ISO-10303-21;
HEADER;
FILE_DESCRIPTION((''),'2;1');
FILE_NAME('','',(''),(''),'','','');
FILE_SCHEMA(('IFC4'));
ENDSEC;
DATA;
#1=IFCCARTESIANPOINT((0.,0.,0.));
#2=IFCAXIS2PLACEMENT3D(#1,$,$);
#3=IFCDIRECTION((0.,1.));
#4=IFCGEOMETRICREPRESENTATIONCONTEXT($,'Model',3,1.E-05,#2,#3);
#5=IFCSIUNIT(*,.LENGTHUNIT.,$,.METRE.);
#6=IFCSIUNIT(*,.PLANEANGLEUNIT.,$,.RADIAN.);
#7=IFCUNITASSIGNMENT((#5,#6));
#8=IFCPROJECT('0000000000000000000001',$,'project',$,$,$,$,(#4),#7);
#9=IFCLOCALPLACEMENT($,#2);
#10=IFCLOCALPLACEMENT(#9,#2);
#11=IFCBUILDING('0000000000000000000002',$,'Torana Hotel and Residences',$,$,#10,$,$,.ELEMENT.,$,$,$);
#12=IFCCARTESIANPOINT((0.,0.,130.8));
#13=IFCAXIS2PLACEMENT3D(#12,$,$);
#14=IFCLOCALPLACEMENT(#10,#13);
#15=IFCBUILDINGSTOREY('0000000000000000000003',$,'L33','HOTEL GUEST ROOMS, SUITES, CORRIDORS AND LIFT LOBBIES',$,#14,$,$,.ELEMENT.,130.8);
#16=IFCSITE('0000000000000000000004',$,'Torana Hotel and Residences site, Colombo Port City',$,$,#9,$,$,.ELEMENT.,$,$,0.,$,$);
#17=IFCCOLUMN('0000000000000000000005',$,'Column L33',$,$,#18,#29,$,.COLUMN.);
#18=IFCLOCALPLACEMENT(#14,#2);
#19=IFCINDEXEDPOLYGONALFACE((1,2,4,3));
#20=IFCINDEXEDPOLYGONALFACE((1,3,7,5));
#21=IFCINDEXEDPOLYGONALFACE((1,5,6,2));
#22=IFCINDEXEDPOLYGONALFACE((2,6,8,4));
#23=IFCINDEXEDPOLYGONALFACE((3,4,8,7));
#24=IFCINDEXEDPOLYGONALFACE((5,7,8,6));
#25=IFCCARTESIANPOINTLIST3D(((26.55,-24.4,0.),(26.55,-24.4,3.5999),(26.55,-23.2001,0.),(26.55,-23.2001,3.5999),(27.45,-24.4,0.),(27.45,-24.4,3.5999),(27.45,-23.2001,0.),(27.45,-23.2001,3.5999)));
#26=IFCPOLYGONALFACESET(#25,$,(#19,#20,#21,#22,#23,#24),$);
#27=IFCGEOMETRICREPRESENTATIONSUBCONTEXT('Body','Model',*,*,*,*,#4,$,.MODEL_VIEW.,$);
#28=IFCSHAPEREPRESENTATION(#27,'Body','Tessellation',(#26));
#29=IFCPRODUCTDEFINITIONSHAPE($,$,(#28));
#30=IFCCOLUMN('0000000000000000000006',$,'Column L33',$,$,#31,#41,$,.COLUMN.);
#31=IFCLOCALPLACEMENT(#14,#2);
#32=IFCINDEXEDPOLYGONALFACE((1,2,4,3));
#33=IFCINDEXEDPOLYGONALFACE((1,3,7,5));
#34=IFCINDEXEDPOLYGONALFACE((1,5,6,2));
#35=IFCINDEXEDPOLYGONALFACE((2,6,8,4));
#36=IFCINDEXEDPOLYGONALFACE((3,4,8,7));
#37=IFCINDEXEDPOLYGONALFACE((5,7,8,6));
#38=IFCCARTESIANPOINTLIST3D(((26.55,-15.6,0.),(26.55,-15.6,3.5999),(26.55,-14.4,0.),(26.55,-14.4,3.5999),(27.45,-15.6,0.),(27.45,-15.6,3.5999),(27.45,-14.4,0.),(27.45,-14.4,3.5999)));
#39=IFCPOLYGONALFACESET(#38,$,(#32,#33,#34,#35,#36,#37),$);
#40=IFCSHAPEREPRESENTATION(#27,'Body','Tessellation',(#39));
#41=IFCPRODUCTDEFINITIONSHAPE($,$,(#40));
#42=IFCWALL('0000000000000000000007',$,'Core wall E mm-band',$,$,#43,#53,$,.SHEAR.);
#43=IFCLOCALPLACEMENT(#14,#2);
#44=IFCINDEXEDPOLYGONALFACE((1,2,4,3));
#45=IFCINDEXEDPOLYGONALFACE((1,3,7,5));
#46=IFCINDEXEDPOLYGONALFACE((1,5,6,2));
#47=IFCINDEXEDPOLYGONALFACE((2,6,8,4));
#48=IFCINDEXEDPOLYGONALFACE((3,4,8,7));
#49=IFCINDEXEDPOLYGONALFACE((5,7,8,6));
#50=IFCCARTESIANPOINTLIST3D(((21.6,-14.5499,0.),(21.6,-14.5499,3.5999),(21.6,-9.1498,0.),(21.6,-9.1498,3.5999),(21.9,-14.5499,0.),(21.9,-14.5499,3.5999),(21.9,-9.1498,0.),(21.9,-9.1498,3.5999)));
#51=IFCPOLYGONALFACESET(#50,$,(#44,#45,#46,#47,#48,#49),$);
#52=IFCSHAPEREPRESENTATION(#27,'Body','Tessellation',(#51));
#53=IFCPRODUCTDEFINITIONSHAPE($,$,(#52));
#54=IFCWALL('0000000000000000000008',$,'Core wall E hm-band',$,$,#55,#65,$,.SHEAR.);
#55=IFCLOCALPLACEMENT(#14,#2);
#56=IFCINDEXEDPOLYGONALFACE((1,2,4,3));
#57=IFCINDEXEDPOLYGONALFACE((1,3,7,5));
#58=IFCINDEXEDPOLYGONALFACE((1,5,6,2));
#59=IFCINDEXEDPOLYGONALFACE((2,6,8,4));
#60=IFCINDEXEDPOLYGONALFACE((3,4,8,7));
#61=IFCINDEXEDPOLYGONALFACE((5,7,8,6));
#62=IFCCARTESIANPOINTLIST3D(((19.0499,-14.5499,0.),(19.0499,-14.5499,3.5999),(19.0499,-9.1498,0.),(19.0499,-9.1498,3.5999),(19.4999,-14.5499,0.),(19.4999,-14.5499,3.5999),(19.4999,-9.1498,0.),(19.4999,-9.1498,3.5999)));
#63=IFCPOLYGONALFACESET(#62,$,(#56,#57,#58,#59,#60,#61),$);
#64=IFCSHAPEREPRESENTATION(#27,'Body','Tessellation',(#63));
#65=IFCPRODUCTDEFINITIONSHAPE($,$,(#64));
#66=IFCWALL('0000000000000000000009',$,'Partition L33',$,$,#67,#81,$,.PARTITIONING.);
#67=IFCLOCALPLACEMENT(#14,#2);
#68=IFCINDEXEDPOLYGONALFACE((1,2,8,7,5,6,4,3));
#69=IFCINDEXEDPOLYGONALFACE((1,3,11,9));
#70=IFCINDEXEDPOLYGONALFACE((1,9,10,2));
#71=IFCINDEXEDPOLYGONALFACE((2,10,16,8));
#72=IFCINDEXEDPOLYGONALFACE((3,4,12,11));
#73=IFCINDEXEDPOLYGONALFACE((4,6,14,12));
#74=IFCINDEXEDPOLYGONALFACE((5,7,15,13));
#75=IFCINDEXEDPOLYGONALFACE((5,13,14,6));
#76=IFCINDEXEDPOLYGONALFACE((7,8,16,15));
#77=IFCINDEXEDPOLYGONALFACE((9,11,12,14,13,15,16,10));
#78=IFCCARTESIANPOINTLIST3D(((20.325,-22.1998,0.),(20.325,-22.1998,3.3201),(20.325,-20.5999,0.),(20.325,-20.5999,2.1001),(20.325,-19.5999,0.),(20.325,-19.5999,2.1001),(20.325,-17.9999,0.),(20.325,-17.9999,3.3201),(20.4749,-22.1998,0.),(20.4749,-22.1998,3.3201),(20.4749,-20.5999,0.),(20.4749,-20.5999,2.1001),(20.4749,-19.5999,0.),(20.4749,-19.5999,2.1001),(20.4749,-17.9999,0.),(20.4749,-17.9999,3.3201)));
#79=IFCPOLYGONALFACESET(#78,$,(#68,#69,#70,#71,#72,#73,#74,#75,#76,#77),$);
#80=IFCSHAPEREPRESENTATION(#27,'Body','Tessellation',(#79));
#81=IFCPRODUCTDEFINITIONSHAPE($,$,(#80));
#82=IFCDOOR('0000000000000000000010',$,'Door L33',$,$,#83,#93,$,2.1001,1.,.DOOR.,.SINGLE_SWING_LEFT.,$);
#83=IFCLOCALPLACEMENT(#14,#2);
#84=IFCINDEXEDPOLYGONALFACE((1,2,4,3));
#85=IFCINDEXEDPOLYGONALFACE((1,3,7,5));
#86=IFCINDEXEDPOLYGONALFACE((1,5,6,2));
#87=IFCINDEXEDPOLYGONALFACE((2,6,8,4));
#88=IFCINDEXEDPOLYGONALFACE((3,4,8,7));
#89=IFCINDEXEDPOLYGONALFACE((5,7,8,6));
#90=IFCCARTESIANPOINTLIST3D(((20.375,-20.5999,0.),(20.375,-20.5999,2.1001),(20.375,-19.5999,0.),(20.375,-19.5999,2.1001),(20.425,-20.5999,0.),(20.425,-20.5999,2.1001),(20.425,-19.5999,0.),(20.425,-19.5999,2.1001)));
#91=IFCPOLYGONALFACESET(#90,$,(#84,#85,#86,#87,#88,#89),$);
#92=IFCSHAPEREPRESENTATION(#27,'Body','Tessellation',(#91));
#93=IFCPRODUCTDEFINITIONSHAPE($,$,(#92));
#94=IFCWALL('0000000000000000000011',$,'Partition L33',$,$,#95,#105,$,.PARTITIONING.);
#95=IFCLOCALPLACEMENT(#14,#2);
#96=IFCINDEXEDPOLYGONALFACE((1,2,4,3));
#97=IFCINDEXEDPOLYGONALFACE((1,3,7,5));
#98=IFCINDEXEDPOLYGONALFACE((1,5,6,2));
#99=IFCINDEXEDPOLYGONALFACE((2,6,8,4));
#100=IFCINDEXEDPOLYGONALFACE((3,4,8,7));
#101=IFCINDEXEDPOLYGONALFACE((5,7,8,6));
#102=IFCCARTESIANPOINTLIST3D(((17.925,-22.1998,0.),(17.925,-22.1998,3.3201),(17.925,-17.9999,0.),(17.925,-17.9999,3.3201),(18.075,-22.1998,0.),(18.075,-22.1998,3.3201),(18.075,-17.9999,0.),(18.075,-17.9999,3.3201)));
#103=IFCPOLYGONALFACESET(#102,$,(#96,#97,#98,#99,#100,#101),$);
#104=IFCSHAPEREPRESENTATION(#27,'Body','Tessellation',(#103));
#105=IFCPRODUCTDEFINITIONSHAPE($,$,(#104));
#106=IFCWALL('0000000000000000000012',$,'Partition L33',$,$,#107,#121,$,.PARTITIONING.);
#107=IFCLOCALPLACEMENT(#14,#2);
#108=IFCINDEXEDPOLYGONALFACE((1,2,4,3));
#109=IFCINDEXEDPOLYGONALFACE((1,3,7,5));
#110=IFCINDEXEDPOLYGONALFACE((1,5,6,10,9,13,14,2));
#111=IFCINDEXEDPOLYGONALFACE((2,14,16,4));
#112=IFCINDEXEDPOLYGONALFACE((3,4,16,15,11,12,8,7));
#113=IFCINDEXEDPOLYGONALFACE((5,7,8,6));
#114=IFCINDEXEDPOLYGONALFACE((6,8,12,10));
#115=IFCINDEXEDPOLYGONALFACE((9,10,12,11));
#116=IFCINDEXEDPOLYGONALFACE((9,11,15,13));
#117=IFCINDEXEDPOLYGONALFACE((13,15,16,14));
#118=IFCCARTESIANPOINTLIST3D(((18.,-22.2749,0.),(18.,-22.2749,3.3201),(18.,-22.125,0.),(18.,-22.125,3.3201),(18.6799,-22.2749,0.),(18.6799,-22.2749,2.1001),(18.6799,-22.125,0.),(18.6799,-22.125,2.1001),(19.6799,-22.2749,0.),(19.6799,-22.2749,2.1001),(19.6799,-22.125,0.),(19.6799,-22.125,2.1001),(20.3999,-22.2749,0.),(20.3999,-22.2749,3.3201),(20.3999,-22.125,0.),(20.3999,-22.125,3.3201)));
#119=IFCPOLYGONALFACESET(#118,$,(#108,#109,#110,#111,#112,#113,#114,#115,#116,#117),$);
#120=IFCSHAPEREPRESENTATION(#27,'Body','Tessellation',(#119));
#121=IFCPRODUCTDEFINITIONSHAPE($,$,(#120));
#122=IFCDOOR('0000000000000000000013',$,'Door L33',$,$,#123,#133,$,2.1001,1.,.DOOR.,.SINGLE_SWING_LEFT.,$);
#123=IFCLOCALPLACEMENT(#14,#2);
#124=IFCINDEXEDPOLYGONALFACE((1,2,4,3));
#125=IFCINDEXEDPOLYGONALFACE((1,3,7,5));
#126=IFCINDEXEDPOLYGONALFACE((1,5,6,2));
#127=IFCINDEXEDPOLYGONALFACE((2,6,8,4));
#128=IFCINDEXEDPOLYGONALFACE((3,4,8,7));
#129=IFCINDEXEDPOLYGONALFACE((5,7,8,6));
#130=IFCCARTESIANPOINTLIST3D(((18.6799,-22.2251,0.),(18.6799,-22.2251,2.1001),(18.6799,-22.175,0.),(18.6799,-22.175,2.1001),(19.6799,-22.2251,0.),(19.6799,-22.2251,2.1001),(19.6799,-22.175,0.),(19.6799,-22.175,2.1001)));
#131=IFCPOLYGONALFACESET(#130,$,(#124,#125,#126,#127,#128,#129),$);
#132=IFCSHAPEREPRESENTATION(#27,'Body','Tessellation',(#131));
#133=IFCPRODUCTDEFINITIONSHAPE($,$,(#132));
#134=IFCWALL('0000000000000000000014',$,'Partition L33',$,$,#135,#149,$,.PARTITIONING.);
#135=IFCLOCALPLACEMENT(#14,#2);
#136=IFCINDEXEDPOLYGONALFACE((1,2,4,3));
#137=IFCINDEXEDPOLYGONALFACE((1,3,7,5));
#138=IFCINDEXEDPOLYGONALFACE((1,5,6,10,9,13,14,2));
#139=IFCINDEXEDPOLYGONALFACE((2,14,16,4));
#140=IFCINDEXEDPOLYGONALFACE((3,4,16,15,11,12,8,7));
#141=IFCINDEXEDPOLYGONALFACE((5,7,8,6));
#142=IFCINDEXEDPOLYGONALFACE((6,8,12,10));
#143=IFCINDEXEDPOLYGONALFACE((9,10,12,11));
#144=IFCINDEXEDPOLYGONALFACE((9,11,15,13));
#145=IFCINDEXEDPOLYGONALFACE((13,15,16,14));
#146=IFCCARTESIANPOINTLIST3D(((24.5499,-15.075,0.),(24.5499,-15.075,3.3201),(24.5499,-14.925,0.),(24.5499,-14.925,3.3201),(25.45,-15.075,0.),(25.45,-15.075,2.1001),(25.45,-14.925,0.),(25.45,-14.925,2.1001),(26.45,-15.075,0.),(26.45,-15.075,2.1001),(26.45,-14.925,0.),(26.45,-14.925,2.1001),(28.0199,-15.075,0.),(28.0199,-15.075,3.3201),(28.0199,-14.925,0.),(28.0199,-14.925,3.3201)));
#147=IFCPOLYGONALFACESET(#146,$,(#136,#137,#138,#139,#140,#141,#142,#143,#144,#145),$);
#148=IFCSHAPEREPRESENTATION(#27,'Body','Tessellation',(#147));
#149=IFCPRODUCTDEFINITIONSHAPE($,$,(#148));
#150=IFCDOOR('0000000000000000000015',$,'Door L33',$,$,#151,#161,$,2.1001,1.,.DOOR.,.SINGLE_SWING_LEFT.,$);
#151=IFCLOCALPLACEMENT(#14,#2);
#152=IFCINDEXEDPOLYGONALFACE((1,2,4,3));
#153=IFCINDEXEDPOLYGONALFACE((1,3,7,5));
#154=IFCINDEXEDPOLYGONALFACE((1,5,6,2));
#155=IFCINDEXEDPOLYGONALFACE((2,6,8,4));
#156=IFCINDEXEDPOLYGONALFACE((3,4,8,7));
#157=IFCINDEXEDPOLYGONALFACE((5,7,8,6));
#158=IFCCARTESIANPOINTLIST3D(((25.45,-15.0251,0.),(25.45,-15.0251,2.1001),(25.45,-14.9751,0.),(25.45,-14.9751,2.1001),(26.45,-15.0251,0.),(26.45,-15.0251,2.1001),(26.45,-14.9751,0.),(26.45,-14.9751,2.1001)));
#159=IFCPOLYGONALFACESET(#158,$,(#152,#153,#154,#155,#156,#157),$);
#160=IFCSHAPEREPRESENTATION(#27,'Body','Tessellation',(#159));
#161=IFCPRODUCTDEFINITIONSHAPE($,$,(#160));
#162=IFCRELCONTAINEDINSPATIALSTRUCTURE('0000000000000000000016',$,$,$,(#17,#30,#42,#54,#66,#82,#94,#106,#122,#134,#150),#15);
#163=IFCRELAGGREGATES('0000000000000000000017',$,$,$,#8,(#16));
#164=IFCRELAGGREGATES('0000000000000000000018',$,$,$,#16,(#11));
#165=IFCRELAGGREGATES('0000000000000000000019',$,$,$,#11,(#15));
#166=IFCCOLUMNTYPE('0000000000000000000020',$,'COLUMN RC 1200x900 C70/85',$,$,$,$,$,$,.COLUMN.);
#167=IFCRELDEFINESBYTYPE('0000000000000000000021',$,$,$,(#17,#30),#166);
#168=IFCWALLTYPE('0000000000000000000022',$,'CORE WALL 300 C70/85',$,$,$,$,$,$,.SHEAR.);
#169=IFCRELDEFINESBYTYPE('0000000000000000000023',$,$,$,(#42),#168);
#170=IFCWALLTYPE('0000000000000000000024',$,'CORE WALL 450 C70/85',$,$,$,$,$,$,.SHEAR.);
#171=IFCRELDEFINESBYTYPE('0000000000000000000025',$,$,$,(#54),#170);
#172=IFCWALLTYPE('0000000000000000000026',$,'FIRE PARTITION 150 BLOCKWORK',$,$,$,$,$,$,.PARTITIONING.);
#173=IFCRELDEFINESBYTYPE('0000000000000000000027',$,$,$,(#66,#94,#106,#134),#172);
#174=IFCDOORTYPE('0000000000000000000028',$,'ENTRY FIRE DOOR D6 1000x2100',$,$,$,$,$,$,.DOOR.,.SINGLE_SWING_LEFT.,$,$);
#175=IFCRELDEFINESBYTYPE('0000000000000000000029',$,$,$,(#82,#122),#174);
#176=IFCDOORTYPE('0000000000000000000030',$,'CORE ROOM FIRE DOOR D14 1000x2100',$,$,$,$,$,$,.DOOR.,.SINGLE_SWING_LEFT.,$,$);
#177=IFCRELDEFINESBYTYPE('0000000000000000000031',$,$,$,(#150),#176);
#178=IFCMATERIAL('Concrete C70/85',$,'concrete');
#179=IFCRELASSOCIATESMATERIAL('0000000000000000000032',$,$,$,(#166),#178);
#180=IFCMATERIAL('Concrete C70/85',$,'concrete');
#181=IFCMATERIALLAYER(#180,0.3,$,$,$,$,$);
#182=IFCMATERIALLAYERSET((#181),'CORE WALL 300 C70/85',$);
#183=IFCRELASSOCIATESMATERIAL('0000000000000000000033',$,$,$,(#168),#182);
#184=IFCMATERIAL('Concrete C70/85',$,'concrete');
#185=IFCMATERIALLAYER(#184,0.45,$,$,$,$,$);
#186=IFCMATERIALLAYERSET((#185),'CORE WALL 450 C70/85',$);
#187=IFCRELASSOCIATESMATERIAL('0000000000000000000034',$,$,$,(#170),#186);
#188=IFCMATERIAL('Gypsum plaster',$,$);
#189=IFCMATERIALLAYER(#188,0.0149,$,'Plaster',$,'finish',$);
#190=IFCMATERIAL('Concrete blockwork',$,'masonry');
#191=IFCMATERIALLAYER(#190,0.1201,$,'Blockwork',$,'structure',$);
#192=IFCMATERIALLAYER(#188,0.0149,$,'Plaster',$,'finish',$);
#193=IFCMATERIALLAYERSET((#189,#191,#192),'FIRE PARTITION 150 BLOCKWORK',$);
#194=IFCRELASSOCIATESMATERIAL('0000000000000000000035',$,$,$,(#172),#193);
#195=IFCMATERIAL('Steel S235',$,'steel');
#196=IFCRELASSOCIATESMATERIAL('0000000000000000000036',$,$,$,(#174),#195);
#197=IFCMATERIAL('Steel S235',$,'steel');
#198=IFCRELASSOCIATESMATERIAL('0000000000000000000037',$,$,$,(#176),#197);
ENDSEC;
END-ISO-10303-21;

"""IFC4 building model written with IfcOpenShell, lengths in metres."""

from ifc_helpers import new_model, si_unit, direction, frame, frame_2d, origin, origin_2d, place, context, subcontext, project, spatial, rectangle, extrude, material, layer, layer_set, material_profile, profile_set, type_object, element, fill, save


model = new_model("IFC4")

# Units and contexts
model_context = context("Model", 3, precision=1e-05, world=origin(), true_north=direction((0.0, 1.0)))
body_context = subcontext(model_context, "Body", "Model", "MODEL_VIEW")
ifc_project = project(units=[si_unit("LENGTHUNIT", "METRE"), si_unit("PLANEANGLEUNIT", "RADIAN")], contexts=[model_context])

# Site, building, storey
site_placement = place(None, origin())
site = spatial("IfcSite", under=ifc_project, at=site_placement, Name="Torana Hotel and Residences site, Colombo Port City", CompositionType="ELEMENT", RefElevation=0.0)
building_placement = place(site_placement, origin())
building = spatial("IfcBuilding", under=site, at=building_placement, Name="Torana Hotel and Residences", CompositionType="ELEMENT")
storey_placement = place(building_placement, frame((0.0, 0.0, 130.8)))
storey = spatial("IfcBuildingStorey", under=building, at=storey_placement, Name="L33", Description="HOTEL GUEST ROOMS, SUITES, CORRIDORS AND LIFT LOBBIES", CompositionType="ELEMENT", Elevation=130.8)

# Columns
ifc_material_1 = material(Name="Concrete C70/85", Category="concrete")
ifc_material_profile = material_profile(ifc_material_1, rectangle(XDim=1.2, YDim=0.8999, at=origin_2d()), Name="RC 1200x900")
ifc_profile_set = profile_set([ifc_material_profile], Name="Concrete C70/85")
column_type = type_object("IfcColumnType", Name="COLUMN RC 1200x900 C70/85", PredefinedType="COLUMN", material=ifc_profile_set)
for number, where, z_axis, x_axis, name in (
    (1, (27.0, -23.8, 0.0), (0.0, 0.0, 1.0), (0.0, 1.0, 0.0), "Column L33"),
    (2, (27.0, -15.0, 0.0), (0.0, 0.0, 1.0), (0.0, 1.0, 0.0), "Column L33"),
):
    element("IfcColumn", number, at=place(storey_placement, frame(where, z_axis=z_axis, x_axis=x_axis)), inside=storey, type_object=column_type, Name=name, PredefinedType="COLUMN", context=body_context, shape_type="SweptSolid", body=[
        extrude(rectangle(XDim=1.2, YDim=0.8999, at=origin_2d()), origin(), (0.0, 0.0, 1.0), 3.5999),
    ])

# Walls
ifc_material_2 = material(Name="Concrete C70/85", Category="concrete")
ifc_layer_1 = layer(ifc_material_2, 0.3)
ifc_layer_set_1 = layer_set([ifc_layer_1], Name="CORE WALL 300 C70/85")
wall_type_1 = type_object("IfcWallType", Name="CORE WALL 300 C70/85", PredefinedType="SHEAR", material=ifc_layer_set_1)
wall_1_placement = place(storey_placement, frame((21.75, -14.55, 0.0), z_axis=(0.0, 0.0, 1.0), x_axis=(0.0, 1.0, 0.0)))
element("IfcWall", 3, at=wall_1_placement, inside=storey, type_object=wall_type_1, Name="Core wall E mm-band", PredefinedType="SHEAR", context=body_context, shape_type="SweptSolid", body=[
    extrude(rectangle(XDim=5.4001, YDim=0.3, at=frame_2d((2.7002, 0.0))), origin(), (0.0, 0.0, 1.0), 3.5999),
])
ifc_material_3 = material(Name="Concrete C70/85", Category="concrete")
ifc_layer_2 = layer(ifc_material_3, 0.45)
ifc_layer_set_2 = layer_set([ifc_layer_2], Name="CORE WALL 450 C70/85")
wall_type_2 = type_object("IfcWallType", Name="CORE WALL 450 C70/85", PredefinedType="SHEAR", material=ifc_layer_set_2)
wall_2_placement = place(storey_placement, frame((19.2749, -14.55, 0.0), z_axis=(0.0, 0.0, 1.0), x_axis=(0.0, 1.0, 0.0)))
element("IfcWall", 4, at=wall_2_placement, inside=storey, type_object=wall_type_2, Name="Core wall E hm-band", PredefinedType="SHEAR", context=body_context, shape_type="SweptSolid", body=[
    extrude(rectangle(XDim=5.4001, YDim=0.45, at=frame_2d((2.7002, 0.0))), origin(), (0.0, 0.0, 1.0), 3.5999),
])

# Wall, opening, door
ifc_material_4 = material(Name="Gypsum plaster")
ifc_layer_3 = layer(ifc_material_4, 0.0149, Name="Plaster", Category="finish")
ifc_material_5 = material(Name="Concrete blockwork", Category="masonry")
ifc_layer_4 = layer(ifc_material_5, 0.1201, Name="Blockwork", Category="structure")
ifc_layer_5 = layer(ifc_material_4, 0.0149, Name="Plaster", Category="finish")
ifc_layer_set_3 = layer_set([ifc_layer_3, ifc_layer_4, ifc_layer_5], Name="FIRE PARTITION 150 BLOCKWORK")
wall_type_3 = type_object("IfcWallType", Name="FIRE PARTITION 150 BLOCKWORK", PredefinedType="PARTITIONING", material=ifc_layer_set_3)
wall_3_placement = place(storey_placement, frame((20.3999, -22.2, 0.0), z_axis=(0.0, 0.0, 1.0), x_axis=(0.0, 1.0, 0.0)))
wall_3 = element("IfcWall", 5, at=wall_3_placement, inside=storey, type_object=wall_type_3, Name="Partition L33", PredefinedType="PARTITIONING", context=body_context, shape_type="SweptSolid", body=[
    extrude(rectangle(XDim=4.2, YDim=0.1499, at=frame_2d((2.1001, 0.0))), origin(), (0.0, 0.0, 1.0), 3.3201),
])
opening_1_placement = place(wall_3_placement, frame((1.6001, 0.0, 0.0)))
opening_1 = element("IfcOpeningElement", 6, at=opening_1_placement, cuts=wall_3, PredefinedType="OPENING", context=body_context, shape_type="SweptSolid", body=[
    extrude(rectangle(XDim=1.0, YDim=2.1001, at=frame_2d((0.5, 1.05))), frame((0.0, 0.085, 0.0), z_axis=(0.0, -1.0, 0.0), x_axis=(1.0, 0.0, 0.0)), (0.0, 0.0, 1.0), 0.1699),
])
ifc_material_6 = material(Name="Steel S235", Category="steel")
door_type_1 = type_object("IfcDoorType", Name="ENTRY FIRE DOOR D6 1000x2100", OperationType="SINGLE_SWING_LEFT", PredefinedType="DOOR", material=ifc_material_6)
door_1_placement = place(opening_1_placement, frame((0.5, 0.0, 0.0), z_axis=(0.0, 0.0, 1.0), x_axis=(-1.0, 0.0, 0.0)))
door_1 = element("IfcDoor", 7, at=door_1_placement, inside=storey, type_object=door_type_1, Name="Door L33", OperationType="SINGLE_SWING_LEFT", OverallHeight=2.1001, OverallWidth=1.0, PredefinedType="DOOR", context=body_context, shape_type="SweptSolid", body=[
    extrude(rectangle(XDim=1.0, YDim=2.1001, at=frame_2d((0.0, 1.05))), frame((0.0, -0.0249, 0.0), z_axis=(0.0, 1.0, 0.0), x_axis=(-1.0, 0.0, 0.0)), (0.0, 0.0, 1.0), 0.05),
])
fill(opening_1, door_1)

# Wall
wall_4_placement = place(storey_placement, frame((18.0, -22.2, 0.0), z_axis=(0.0, 0.0, 1.0), x_axis=(0.0, 1.0, 0.0)))
element("IfcWall", 8, at=wall_4_placement, inside=storey, type_object=wall_type_3, Name="Partition L33", PredefinedType="PARTITIONING", context=body_context, shape_type="SweptSolid", body=[
    extrude(rectangle(XDim=4.2, YDim=0.1499, at=frame_2d((2.1001, 0.0))), origin(), (0.0, 0.0, 1.0), 3.3201),
])

# Walls, openings, doors
wall_5_placement = place(storey_placement, frame((18.0, -22.2, 0.0), z_axis=(0.0, 0.0, 1.0), x_axis=(1.0, 0.0, 0.0)))
wall_5 = element("IfcWall", 9, at=wall_5_placement, inside=storey, type_object=wall_type_3, Name="Partition L33", PredefinedType="PARTITIONING", context=body_context, shape_type="SweptSolid", body=[
    extrude(rectangle(XDim=2.3999, YDim=0.1499, at=frame_2d((1.2, 0.0))), origin(), (0.0, 0.0, 1.0), 3.3201),
])
opening_2_placement = place(wall_5_placement, frame((0.6799, 0.0, 0.0)))
opening_2 = element("IfcOpeningElement", 10, at=opening_2_placement, cuts=wall_5, PredefinedType="OPENING", context=body_context, shape_type="SweptSolid", body=[
    extrude(rectangle(XDim=1.0, YDim=2.1001, at=frame_2d((0.5, 1.05))), frame((0.0, 0.085, 0.0), z_axis=(0.0, -1.0, 0.0), x_axis=(1.0, 0.0, 0.0)), (0.0, 0.0, 1.0), 0.1699),
])
door_2_placement = place(opening_2_placement, frame((0.5, 0.0, 0.0), z_axis=(0.0, 0.0, 1.0), x_axis=(-1.0, 0.0, 0.0)))
door_2 = element("IfcDoor", 11, at=door_2_placement, inside=storey, type_object=door_type_1, Name="Door L33", OperationType="SINGLE_SWING_LEFT", OverallHeight=2.1001, OverallWidth=1.0, PredefinedType="DOOR", context=body_context, shape_type="SweptSolid", body=[
    extrude(rectangle(XDim=1.0, YDim=2.1001, at=frame_2d((0.0, 1.05))), frame((0.0, -0.0249, 0.0), z_axis=(0.0, 1.0, 0.0), x_axis=(-1.0, 0.0, 0.0)), (0.0, 0.0, 1.0), 0.05),
])
fill(opening_2, door_2)
wall_6_placement = place(storey_placement, frame((24.55, -15.0, 0.0), z_axis=(0.0, 0.0, 1.0), x_axis=(1.0, 0.0, 0.0)))
wall_6 = element("IfcWall", 12, at=wall_6_placement, inside=storey, type_object=wall_type_3, Name="Partition L33", PredefinedType="PARTITIONING", context=body_context, shape_type="SweptSolid", body=[
    extrude(rectangle(XDim=3.47, YDim=0.1499, at=frame_2d((1.7349, 0.0))), origin(), (0.0, 0.0, 1.0), 3.3201),
])
opening_3_placement = place(wall_6_placement, frame((0.8999, 0.0, 0.0)))
opening_3 = element("IfcOpeningElement", 13, at=opening_3_placement, cuts=wall_6, PredefinedType="OPENING", context=body_context, shape_type="SweptSolid", body=[
    extrude(rectangle(XDim=1.0, YDim=2.1001, at=frame_2d((0.5, 1.05))), frame((0.0, 0.085, 0.0), z_axis=(0.0, -1.0, 0.0), x_axis=(1.0, 0.0, 0.0)), (0.0, 0.0, 1.0), 0.1699),
])
ifc_material_7 = material(Name="Steel S235", Category="steel")
door_type_2 = type_object("IfcDoorType", Name="CORE ROOM FIRE DOOR D14 1000x2100", OperationType="SINGLE_SWING_LEFT", PredefinedType="DOOR", material=ifc_material_7)
door_3_placement = place(opening_3_placement, origin())
door_3 = element("IfcDoor", 14, at=door_3_placement, inside=storey, type_object=door_type_2, Name="Door L33", OperationType="SINGLE_SWING_LEFT", OverallHeight=2.1001, OverallWidth=1.0, PredefinedType="DOOR", context=body_context, shape_type="SweptSolid", body=[
    extrude(rectangle(XDim=1.0, YDim=2.1001, at=frame_2d((0.5, 1.05))), frame((0.0, 0.0249, 0.0), z_axis=(0.0, -1.0, 0.0), x_axis=(1.0, 0.0, 0.0)), (0.0, 0.0, 1.0), 0.05),
])
fill(opening_3, door_3)

save(model, "model.ifc")
